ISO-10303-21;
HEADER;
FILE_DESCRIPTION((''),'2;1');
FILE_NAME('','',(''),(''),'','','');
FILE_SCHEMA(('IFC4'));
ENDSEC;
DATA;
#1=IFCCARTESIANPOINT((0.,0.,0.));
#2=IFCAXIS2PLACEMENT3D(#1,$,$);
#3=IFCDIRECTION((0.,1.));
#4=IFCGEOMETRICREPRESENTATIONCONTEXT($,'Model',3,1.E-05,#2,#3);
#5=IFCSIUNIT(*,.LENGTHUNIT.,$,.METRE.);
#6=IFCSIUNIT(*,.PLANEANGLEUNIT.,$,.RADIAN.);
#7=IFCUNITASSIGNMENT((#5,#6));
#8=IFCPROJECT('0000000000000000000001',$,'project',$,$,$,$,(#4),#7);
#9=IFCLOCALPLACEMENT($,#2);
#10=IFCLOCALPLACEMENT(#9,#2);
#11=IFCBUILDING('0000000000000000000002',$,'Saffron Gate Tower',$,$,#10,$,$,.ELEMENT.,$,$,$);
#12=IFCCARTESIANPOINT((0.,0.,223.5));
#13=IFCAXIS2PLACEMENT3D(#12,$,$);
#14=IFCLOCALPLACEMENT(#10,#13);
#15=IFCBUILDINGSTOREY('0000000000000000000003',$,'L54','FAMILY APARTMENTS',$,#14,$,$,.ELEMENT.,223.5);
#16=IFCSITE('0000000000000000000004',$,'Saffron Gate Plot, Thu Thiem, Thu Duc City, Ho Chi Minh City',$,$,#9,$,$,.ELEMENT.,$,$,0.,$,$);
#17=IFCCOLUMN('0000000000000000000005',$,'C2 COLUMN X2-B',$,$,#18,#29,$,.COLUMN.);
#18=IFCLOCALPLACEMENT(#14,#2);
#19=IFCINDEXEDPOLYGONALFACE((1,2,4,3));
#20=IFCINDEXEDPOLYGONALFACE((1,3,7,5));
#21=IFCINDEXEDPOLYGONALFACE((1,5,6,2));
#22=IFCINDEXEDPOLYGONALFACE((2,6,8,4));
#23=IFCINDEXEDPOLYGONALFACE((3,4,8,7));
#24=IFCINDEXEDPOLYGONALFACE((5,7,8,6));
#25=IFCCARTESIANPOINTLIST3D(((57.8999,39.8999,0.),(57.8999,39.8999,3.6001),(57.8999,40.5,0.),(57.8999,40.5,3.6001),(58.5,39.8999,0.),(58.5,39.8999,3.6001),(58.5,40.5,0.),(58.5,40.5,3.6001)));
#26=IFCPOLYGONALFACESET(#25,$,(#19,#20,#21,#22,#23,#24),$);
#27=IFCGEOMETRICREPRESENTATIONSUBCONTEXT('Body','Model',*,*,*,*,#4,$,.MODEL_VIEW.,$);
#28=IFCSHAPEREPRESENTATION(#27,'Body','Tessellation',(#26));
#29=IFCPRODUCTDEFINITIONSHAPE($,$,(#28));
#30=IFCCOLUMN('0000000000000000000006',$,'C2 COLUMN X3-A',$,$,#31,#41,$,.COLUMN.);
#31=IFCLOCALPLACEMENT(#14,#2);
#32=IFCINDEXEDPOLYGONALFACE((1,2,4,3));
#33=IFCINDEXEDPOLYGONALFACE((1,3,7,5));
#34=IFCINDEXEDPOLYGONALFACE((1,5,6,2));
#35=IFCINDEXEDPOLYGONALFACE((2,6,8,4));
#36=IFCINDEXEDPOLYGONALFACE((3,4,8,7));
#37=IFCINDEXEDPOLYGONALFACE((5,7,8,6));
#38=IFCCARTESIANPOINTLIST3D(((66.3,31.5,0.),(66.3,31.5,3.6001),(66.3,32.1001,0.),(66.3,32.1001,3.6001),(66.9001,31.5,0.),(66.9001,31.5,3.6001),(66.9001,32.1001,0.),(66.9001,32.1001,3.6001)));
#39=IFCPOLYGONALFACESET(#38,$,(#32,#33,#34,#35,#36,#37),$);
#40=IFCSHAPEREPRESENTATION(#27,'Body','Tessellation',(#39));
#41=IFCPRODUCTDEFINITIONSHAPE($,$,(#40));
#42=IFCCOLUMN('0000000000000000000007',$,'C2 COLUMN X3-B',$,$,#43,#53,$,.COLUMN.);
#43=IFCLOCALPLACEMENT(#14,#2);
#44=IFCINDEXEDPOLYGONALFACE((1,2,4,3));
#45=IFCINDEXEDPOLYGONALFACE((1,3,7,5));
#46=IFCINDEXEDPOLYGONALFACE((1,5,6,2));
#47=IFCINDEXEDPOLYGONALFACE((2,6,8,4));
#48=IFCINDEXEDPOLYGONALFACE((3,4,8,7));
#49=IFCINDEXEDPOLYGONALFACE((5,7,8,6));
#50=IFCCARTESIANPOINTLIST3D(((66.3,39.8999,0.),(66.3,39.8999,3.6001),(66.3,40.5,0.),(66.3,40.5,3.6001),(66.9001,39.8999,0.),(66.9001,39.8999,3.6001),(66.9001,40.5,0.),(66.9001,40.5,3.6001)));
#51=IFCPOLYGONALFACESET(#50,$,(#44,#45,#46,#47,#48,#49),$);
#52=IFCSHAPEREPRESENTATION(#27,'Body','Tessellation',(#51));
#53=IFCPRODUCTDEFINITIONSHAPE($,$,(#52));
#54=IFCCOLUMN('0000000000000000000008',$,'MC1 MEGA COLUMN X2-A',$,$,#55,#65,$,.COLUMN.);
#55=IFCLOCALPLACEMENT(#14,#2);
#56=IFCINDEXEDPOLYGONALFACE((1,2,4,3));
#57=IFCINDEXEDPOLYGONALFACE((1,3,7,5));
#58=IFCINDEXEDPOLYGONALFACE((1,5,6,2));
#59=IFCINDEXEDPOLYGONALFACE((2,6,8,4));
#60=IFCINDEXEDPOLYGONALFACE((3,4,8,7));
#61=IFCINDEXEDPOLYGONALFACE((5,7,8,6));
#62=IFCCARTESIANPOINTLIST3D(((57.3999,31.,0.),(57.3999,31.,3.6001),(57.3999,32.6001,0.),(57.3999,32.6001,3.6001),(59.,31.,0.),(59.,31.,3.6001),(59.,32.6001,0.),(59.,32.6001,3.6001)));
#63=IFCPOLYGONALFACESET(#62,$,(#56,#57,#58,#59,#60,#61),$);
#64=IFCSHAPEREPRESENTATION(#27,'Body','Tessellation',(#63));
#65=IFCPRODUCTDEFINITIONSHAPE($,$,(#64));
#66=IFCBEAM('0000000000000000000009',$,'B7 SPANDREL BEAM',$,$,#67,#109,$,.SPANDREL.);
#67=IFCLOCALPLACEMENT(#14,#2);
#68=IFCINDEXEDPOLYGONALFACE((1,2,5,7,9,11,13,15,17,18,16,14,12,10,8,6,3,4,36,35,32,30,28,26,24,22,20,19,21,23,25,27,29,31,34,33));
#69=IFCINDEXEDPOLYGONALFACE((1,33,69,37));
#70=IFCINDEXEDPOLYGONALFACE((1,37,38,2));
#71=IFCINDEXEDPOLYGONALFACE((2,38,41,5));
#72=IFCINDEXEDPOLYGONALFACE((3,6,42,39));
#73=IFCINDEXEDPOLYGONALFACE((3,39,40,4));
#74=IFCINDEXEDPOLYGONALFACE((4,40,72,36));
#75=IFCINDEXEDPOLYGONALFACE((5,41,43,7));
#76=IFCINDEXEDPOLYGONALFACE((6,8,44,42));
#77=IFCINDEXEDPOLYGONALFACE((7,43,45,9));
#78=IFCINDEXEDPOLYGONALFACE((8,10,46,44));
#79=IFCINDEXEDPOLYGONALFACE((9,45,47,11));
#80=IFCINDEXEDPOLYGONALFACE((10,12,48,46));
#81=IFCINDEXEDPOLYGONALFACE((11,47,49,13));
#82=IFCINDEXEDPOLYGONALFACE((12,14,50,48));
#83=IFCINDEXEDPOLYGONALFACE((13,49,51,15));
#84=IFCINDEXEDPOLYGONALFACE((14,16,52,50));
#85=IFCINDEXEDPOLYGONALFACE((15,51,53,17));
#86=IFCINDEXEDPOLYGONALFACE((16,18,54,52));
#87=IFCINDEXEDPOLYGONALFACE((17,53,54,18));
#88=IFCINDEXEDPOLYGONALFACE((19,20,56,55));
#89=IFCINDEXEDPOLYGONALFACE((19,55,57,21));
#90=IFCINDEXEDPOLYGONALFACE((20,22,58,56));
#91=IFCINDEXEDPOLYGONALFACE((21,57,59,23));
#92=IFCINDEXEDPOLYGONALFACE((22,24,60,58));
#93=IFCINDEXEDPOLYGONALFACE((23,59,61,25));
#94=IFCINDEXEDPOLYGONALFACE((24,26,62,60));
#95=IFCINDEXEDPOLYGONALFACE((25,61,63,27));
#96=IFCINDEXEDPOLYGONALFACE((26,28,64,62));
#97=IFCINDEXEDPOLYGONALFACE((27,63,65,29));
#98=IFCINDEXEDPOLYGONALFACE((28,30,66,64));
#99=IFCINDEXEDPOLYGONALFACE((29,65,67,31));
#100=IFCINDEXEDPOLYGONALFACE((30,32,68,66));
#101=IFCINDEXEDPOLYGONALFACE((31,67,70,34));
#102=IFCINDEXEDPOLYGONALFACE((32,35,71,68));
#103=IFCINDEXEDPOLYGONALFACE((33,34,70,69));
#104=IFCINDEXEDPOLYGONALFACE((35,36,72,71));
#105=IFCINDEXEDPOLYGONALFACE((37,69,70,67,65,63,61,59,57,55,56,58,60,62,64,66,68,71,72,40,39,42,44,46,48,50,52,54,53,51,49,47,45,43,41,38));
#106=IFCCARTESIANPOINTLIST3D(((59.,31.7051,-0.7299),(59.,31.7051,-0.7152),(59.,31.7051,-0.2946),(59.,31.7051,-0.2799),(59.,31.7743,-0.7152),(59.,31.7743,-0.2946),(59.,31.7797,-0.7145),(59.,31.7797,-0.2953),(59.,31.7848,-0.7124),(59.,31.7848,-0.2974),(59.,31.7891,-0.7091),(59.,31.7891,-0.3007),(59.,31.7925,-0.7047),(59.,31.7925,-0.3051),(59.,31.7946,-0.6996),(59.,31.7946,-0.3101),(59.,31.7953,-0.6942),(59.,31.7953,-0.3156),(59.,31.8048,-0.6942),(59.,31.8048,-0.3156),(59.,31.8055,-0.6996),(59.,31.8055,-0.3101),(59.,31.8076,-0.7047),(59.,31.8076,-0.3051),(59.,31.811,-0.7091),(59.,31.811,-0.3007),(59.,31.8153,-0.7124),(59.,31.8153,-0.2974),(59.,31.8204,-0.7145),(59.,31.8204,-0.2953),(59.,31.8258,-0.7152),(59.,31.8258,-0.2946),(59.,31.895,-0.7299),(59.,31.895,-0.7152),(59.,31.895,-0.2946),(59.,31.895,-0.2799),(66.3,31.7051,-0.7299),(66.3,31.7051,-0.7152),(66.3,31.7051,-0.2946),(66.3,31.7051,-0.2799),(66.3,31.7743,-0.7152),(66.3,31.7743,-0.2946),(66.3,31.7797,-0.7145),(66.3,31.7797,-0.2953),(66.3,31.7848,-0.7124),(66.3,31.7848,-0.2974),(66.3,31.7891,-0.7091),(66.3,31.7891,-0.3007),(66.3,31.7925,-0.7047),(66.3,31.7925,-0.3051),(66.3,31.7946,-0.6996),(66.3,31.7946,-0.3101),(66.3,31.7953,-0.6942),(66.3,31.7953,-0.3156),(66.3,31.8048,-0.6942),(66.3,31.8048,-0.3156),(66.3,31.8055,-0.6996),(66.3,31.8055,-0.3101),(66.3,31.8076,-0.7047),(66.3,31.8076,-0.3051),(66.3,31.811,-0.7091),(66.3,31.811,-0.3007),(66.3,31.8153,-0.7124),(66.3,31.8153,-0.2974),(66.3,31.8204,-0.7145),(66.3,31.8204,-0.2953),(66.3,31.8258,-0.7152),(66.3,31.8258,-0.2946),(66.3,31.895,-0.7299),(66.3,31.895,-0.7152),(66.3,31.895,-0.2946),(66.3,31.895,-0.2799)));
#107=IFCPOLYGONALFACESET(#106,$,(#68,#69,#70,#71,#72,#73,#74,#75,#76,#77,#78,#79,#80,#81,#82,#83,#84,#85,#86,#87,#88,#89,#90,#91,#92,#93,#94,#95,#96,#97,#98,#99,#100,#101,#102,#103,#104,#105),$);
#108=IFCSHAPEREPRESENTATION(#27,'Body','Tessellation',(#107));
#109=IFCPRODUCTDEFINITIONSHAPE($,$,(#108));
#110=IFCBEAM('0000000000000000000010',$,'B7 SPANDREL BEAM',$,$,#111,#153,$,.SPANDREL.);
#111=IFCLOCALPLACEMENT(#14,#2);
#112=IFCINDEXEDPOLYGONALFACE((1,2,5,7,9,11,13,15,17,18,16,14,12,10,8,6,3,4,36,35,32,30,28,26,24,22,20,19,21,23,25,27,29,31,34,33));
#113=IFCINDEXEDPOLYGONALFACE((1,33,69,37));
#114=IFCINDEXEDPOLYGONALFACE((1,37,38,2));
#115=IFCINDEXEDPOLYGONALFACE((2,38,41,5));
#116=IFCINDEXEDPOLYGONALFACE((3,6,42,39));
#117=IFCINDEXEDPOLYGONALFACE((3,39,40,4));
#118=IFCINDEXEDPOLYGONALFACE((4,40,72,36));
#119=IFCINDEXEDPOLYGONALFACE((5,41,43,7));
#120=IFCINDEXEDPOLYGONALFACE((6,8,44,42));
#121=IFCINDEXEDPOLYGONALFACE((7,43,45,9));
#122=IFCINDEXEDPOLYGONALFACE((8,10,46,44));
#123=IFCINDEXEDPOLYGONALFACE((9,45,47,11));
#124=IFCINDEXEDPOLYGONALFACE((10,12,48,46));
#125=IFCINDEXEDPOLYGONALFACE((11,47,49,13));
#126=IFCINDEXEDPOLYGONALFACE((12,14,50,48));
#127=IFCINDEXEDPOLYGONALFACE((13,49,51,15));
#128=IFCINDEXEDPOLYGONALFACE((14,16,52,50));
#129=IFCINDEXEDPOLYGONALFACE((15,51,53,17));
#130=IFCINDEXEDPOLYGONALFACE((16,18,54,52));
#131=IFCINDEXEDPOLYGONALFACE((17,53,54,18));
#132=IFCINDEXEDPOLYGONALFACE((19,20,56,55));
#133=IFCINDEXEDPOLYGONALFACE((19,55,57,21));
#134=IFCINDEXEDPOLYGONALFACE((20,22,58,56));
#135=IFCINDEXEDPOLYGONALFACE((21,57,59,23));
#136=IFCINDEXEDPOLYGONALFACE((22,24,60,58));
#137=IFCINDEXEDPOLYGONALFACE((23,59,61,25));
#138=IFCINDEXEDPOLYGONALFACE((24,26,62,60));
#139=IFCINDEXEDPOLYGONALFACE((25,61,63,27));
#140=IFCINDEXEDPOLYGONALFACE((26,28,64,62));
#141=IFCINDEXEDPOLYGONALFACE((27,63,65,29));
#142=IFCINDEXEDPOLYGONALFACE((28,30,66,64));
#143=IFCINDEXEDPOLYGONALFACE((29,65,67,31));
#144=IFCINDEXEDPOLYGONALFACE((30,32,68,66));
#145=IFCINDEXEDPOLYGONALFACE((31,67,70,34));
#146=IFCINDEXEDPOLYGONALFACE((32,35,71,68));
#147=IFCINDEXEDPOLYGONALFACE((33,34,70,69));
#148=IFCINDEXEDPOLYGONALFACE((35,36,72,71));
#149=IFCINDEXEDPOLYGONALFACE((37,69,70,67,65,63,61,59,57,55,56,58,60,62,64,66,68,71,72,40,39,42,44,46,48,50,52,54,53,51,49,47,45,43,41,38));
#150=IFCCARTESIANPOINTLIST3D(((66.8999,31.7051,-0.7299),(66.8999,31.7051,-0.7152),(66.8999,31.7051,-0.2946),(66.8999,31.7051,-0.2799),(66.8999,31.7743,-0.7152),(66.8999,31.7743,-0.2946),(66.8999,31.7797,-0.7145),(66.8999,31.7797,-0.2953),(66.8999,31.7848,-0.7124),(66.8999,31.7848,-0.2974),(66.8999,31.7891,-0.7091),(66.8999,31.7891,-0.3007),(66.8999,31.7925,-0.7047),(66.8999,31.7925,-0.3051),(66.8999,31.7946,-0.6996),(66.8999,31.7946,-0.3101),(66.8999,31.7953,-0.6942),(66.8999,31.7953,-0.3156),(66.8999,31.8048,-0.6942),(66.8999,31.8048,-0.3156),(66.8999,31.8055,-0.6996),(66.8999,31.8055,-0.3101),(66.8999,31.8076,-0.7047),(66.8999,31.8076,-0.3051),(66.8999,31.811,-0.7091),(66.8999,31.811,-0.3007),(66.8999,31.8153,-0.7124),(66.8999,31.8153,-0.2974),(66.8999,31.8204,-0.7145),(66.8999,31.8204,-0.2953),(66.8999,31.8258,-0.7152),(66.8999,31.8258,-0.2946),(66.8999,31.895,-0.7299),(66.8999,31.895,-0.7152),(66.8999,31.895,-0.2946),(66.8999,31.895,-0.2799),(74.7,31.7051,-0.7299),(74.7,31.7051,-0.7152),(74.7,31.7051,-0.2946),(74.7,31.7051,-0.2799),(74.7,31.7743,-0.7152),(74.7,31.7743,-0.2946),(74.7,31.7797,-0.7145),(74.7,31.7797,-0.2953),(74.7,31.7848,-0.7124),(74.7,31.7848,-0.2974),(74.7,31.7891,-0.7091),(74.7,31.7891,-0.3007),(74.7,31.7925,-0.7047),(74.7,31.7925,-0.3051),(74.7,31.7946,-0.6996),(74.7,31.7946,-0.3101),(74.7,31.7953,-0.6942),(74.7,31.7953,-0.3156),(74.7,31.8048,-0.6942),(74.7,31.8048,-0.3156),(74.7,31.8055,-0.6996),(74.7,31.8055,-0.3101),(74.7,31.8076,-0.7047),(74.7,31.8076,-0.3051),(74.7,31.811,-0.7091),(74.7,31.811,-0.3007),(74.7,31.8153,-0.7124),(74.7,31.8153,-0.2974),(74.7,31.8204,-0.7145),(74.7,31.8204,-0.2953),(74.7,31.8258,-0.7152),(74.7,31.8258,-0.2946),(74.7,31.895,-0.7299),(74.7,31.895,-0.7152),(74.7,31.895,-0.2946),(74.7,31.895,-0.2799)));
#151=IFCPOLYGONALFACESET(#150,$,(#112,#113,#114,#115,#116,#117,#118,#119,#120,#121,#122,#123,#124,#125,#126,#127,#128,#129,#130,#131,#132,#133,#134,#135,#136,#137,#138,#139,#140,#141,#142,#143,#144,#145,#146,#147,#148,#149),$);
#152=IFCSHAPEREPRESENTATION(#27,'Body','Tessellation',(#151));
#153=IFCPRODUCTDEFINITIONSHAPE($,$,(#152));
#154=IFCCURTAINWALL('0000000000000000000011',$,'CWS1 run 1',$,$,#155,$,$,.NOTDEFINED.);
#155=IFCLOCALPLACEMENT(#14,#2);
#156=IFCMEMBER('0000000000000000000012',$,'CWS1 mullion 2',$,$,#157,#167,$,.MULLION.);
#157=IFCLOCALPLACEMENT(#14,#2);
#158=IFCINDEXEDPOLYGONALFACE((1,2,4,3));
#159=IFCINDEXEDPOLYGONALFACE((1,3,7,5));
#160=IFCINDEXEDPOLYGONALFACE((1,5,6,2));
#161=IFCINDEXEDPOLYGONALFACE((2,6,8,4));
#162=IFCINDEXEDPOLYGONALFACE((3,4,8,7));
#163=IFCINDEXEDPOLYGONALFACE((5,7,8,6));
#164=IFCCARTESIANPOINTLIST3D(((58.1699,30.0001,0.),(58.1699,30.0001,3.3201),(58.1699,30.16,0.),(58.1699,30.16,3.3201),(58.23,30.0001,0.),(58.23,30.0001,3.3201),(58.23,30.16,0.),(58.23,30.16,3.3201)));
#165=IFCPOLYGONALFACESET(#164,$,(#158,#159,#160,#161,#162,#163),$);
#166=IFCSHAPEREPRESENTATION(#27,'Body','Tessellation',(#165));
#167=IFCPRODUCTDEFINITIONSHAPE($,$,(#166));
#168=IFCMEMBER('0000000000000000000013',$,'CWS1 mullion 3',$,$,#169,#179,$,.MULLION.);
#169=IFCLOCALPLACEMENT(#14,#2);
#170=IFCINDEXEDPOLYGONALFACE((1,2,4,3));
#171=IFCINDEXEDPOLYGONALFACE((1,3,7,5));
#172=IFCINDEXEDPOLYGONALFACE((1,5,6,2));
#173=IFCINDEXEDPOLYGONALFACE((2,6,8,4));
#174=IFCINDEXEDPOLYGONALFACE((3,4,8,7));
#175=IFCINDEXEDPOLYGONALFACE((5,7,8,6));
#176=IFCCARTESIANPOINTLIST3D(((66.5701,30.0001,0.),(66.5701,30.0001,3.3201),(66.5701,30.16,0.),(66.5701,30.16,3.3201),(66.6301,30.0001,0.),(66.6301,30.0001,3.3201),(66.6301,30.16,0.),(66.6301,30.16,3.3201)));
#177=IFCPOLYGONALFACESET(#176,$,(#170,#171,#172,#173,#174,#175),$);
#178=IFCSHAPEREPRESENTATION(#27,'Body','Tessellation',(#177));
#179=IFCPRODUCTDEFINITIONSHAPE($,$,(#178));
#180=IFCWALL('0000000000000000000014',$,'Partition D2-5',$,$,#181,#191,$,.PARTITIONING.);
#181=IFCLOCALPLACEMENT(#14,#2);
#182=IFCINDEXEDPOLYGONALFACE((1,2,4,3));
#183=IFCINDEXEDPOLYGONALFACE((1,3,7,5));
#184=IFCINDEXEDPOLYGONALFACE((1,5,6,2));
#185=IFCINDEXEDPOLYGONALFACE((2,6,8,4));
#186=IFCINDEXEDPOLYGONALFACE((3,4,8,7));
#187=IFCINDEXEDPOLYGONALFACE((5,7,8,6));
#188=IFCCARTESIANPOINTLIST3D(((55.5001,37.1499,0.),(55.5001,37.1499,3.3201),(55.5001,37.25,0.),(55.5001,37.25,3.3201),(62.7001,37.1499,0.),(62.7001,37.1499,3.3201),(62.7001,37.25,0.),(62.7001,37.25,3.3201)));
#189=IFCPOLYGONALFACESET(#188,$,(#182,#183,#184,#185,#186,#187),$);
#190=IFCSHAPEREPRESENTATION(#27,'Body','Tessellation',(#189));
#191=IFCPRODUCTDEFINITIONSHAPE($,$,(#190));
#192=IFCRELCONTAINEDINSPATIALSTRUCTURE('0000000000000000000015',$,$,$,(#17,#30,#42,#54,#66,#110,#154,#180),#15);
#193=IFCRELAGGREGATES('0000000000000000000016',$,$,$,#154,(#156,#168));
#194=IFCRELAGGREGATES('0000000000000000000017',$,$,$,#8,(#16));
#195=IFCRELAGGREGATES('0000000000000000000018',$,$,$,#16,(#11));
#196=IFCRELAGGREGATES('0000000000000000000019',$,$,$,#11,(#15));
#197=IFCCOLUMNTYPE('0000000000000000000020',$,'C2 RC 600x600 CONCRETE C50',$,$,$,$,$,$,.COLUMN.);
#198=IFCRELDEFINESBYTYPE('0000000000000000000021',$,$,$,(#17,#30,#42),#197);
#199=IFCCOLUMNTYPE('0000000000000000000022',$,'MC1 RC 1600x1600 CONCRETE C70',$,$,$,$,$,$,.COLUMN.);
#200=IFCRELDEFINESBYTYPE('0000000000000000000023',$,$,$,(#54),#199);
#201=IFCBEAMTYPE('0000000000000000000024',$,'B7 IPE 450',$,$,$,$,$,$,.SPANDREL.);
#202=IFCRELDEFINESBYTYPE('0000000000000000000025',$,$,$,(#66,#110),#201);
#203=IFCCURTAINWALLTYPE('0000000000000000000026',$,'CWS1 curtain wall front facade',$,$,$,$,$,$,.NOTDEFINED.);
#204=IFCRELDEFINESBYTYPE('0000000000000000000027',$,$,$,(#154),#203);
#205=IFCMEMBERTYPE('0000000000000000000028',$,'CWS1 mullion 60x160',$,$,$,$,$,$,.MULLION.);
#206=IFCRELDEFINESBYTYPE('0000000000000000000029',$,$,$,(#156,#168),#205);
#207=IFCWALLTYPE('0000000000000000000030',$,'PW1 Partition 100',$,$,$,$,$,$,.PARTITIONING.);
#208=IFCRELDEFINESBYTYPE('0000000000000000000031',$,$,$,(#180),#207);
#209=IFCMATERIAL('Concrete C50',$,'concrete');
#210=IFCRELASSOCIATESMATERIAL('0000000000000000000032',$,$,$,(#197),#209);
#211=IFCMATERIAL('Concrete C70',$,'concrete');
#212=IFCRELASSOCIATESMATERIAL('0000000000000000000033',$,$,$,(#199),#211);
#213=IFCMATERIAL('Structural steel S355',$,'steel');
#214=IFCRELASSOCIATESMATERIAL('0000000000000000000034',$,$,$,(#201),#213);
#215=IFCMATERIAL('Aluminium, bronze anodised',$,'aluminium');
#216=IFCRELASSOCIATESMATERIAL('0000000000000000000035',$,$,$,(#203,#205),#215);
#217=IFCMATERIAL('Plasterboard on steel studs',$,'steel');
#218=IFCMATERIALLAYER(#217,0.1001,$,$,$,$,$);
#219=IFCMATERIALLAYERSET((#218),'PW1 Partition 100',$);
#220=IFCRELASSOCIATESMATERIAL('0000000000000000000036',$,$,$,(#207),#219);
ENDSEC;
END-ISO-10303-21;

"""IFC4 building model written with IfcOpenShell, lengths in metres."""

from ifc_helpers import new_model, si_unit, direction, frame, frame_2d, origin, origin_2d, place, context, subcontext, project, spatial, rectangle, i_section, extrude, material, layer, layer_set, material_profile, profile_set, type_object, element, aggregate, save


model = new_model("IFC4")

# Units and contexts
model_context = context("Model", 3, precision=1e-05, world=origin(), true_north=direction((0.0, 1.0)))
body_context = subcontext(model_context, "Body", "Model", "MODEL_VIEW")
ifc_project = project(units=[si_unit("LENGTHUNIT", "METRE"), si_unit("PLANEANGLEUNIT", "RADIAN")], contexts=[model_context])

# Site, building, storey
site_placement = place(None, origin())
site = spatial("IfcSite", under=ifc_project, at=site_placement, Name="Saffron Gate Plot, Thu Thiem, Thu Duc City, Ho Chi Minh City", CompositionType="ELEMENT", RefElevation=0.0)
building_placement = place(site_placement, origin())
building = spatial("IfcBuilding", under=site, at=building_placement, Name="Saffron Gate Tower", CompositionType="ELEMENT")
storey_placement = place(building_placement, frame((0.0, 0.0, 223.5)))
storey = spatial("IfcBuildingStorey", under=building, at=storey_placement, Name="L54", Description="FAMILY APARTMENTS", CompositionType="ELEMENT", Elevation=223.5)

# Columns
ifc_material_1 = material(Name="Concrete C50", Category="concrete")
ifc_material_profile_1 = material_profile(ifc_material_1, rectangle(XDim=0.6001, YDim=0.6001, at=origin_2d()))
ifc_profile_set_1 = profile_set([ifc_material_profile_1], Name="Concrete C50")
column_type_1 = type_object("IfcColumnType", Name="C2 RC 600x600 CONCRETE C50", PredefinedType="COLUMN", material=ifc_profile_set_1)
for number, where, z_axis, x_axis, name in (
    (1, (58.2, 40.2, 0.0), (0.0, 0.0, 1.0), (1.0, 0.0, 0.0), "C2 COLUMN X2-B"),
    (2, (66.6001, 31.8, 0.0), (0.0, 0.0, 1.0), (1.0, 0.0, 0.0), "C2 COLUMN X3-A"),
    (3, (66.6001, 40.2, 0.0), (0.0, 0.0, 1.0), (1.0, 0.0, 0.0), "C2 COLUMN X3-B"),
):
    element("IfcColumn", number, at=place(storey_placement, frame(where, z_axis=z_axis, x_axis=x_axis)), inside=storey, type_object=column_type_1, Name=name, PredefinedType="COLUMN", context=body_context, shape_type="SweptSolid", body=[
        extrude(rectangle(XDim=0.6001, YDim=0.6001, at=origin_2d()), origin(), (0.0, 0.0, 1.0), 3.6001),
    ])
ifc_material_2 = material(Name="Concrete C70", Category="concrete")
ifc_material_profile_2 = material_profile(ifc_material_2, rectangle(XDim=1.6001, YDim=1.6001, at=origin_2d()))
ifc_profile_set_2 = profile_set([ifc_material_profile_2], Name="Concrete C70")
column_type_2 = type_object("IfcColumnType", Name="MC1 RC 1600x1600 CONCRETE C70", PredefinedType="COLUMN", material=ifc_profile_set_2)
column_placement = place(storey_placement, frame((58.2, 31.8, 0.0), z_axis=(0.0, 0.0, 1.0), x_axis=(1.0, 0.0, 0.0)))
element("IfcColumn", 4, at=column_placement, inside=storey, type_object=column_type_2, Name="MC1 MEGA COLUMN X2-A", PredefinedType="COLUMN", context=body_context, shape_type="SweptSolid", body=[
    extrude(rectangle(XDim=1.6001, YDim=1.6001, at=origin_2d()), origin(), (0.0, 0.0, 1.0), 3.6001),
])

# Beams
ifc_material_3 = material(Name="Structural steel S355", Category="steel")
ifc_material_profile_3 = material_profile(ifc_material_3, i_section(OverallWidth=0.1899, OverallDepth=0.45, WebThickness=0.0095, FlangeThickness=0.0146, FilletRadius=0.021, at=origin_2d()))
ifc_profile_set_3 = profile_set([ifc_material_profile_3], Name="Structural steel S355")
beam_type = type_object("IfcBeamType", Name="B7 IPE 450", PredefinedType="SPANDREL", material=ifc_profile_set_3)
beam_1_placement = place(storey_placement, frame((59.0, 31.8, -0.5049), z_axis=(1.0, 0.0, 0.0), x_axis=(0.0, 1.0, 0.0)))
element("IfcBeam", 5, at=beam_1_placement, inside=storey, type_object=beam_type, Name="B7 SPANDREL BEAM", PredefinedType="SPANDREL", context=body_context, shape_type="SweptSolid", body=[
    extrude(i_section(OverallWidth=0.1899, OverallDepth=0.45, WebThickness=0.0095, FlangeThickness=0.0146, FilletRadius=0.021, at=origin_2d()), origin(), (0.0, 0.0, 1.0), 7.3),
])
beam_2_placement = place(storey_placement, frame((66.8999, 31.8, -0.5049), z_axis=(1.0, 0.0, 0.0), x_axis=(0.0, 1.0, 0.0)))
element("IfcBeam", 6, at=beam_2_placement, inside=storey, type_object=beam_type, Name="B7 SPANDREL BEAM", PredefinedType="SPANDREL", context=body_context, shape_type="SweptSolid", body=[
    extrude(i_section(OverallWidth=0.1899, OverallDepth=0.45, WebThickness=0.0095, FlangeThickness=0.0146, FilletRadius=0.021, at=origin_2d()), origin(), (0.0, 0.0, 1.0), 7.8),
])

# Curtain wall, members
ifc_material_4 = material(Name="Aluminium, bronze anodised", Category="aluminium")
curtain_wall_type = type_object("IfcCurtainWallType", Name="CWS1 curtain wall front facade", PredefinedType="NOTDEFINED", material=ifc_material_4)
curtain_wall_placement = place(storey_placement, origin())
curtain_wall = element("IfcCurtainWall", 7, at=curtain_wall_placement, inside=storey, type_object=curtain_wall_type, Name="CWS1 run 1", PredefinedType="NOTDEFINED")
ifc_material_profile_4 = material_profile(ifc_material_4, rectangle(XDim=0.1599, YDim=0.0601, at=origin_2d()))
ifc_profile_set_4 = profile_set([ifc_material_profile_4], Name="Aluminium, bronze anodised")
member_type = type_object("IfcMemberType", Name="CWS1 mullion 60x160", PredefinedType="MULLION", material=ifc_profile_set_4)
member_1_placement = place(storey_placement, frame((58.2, 30.0801, 0.0), z_axis=(0.0, 0.0, 1.0), x_axis=(0.0, 1.0, 0.0)))
member_1 = element("IfcMember", 8, at=member_1_placement, type_object=member_type, Name="CWS1 mullion 2", PredefinedType="MULLION", context=body_context, shape_type="SweptSolid", body=[
    extrude(rectangle(XDim=0.1599, YDim=0.0601, at=origin_2d()), origin(), (0.0, 0.0, 1.0), 3.3201),
])
member_2_placement = place(storey_placement, frame((66.6001, 30.0801, 0.0), z_axis=(0.0, 0.0, 1.0), x_axis=(0.0, 1.0, 0.0)))
member_2 = element("IfcMember", 9, at=member_2_placement, type_object=member_type, Name="CWS1 mullion 3", PredefinedType="MULLION", context=body_context, shape_type="SweptSolid", body=[
    extrude(rectangle(XDim=0.1599, YDim=0.0601, at=origin_2d()), origin(), (0.0, 0.0, 1.0), 3.3201),
])
aggregate(curtain_wall, [member_1, member_2])

# Wall
ifc_material_5 = material(Name="Plasterboard on steel studs", Category="steel")
ifc_layer = layer(ifc_material_5, 0.1001)
ifc_layer_set = layer_set([ifc_layer], Name="PW1 Partition 100")
wall_type = type_object("IfcWallType", Name="PW1 Partition 100", PredefinedType="PARTITIONING", material=ifc_layer_set)
wall_1_placement = place(storey_placement, frame((55.5, 37.2, 0.0), z_axis=(0.0, 0.0, 1.0), x_axis=(1.0, 0.0, 0.0)))
element("IfcWall", 10, at=wall_1_placement, inside=storey, type_object=wall_type, Name="Partition D2-5", PredefinedType="PARTITIONING", context=body_context, shape_type="SweptSolid", body=[
    extrude(rectangle(XDim=7.2, YDim=0.1001, at=frame_2d((3.6001, 0.0))), origin(), (0.0, 0.0, 1.0), 3.3201),
])

save(model, "model.ifc")
